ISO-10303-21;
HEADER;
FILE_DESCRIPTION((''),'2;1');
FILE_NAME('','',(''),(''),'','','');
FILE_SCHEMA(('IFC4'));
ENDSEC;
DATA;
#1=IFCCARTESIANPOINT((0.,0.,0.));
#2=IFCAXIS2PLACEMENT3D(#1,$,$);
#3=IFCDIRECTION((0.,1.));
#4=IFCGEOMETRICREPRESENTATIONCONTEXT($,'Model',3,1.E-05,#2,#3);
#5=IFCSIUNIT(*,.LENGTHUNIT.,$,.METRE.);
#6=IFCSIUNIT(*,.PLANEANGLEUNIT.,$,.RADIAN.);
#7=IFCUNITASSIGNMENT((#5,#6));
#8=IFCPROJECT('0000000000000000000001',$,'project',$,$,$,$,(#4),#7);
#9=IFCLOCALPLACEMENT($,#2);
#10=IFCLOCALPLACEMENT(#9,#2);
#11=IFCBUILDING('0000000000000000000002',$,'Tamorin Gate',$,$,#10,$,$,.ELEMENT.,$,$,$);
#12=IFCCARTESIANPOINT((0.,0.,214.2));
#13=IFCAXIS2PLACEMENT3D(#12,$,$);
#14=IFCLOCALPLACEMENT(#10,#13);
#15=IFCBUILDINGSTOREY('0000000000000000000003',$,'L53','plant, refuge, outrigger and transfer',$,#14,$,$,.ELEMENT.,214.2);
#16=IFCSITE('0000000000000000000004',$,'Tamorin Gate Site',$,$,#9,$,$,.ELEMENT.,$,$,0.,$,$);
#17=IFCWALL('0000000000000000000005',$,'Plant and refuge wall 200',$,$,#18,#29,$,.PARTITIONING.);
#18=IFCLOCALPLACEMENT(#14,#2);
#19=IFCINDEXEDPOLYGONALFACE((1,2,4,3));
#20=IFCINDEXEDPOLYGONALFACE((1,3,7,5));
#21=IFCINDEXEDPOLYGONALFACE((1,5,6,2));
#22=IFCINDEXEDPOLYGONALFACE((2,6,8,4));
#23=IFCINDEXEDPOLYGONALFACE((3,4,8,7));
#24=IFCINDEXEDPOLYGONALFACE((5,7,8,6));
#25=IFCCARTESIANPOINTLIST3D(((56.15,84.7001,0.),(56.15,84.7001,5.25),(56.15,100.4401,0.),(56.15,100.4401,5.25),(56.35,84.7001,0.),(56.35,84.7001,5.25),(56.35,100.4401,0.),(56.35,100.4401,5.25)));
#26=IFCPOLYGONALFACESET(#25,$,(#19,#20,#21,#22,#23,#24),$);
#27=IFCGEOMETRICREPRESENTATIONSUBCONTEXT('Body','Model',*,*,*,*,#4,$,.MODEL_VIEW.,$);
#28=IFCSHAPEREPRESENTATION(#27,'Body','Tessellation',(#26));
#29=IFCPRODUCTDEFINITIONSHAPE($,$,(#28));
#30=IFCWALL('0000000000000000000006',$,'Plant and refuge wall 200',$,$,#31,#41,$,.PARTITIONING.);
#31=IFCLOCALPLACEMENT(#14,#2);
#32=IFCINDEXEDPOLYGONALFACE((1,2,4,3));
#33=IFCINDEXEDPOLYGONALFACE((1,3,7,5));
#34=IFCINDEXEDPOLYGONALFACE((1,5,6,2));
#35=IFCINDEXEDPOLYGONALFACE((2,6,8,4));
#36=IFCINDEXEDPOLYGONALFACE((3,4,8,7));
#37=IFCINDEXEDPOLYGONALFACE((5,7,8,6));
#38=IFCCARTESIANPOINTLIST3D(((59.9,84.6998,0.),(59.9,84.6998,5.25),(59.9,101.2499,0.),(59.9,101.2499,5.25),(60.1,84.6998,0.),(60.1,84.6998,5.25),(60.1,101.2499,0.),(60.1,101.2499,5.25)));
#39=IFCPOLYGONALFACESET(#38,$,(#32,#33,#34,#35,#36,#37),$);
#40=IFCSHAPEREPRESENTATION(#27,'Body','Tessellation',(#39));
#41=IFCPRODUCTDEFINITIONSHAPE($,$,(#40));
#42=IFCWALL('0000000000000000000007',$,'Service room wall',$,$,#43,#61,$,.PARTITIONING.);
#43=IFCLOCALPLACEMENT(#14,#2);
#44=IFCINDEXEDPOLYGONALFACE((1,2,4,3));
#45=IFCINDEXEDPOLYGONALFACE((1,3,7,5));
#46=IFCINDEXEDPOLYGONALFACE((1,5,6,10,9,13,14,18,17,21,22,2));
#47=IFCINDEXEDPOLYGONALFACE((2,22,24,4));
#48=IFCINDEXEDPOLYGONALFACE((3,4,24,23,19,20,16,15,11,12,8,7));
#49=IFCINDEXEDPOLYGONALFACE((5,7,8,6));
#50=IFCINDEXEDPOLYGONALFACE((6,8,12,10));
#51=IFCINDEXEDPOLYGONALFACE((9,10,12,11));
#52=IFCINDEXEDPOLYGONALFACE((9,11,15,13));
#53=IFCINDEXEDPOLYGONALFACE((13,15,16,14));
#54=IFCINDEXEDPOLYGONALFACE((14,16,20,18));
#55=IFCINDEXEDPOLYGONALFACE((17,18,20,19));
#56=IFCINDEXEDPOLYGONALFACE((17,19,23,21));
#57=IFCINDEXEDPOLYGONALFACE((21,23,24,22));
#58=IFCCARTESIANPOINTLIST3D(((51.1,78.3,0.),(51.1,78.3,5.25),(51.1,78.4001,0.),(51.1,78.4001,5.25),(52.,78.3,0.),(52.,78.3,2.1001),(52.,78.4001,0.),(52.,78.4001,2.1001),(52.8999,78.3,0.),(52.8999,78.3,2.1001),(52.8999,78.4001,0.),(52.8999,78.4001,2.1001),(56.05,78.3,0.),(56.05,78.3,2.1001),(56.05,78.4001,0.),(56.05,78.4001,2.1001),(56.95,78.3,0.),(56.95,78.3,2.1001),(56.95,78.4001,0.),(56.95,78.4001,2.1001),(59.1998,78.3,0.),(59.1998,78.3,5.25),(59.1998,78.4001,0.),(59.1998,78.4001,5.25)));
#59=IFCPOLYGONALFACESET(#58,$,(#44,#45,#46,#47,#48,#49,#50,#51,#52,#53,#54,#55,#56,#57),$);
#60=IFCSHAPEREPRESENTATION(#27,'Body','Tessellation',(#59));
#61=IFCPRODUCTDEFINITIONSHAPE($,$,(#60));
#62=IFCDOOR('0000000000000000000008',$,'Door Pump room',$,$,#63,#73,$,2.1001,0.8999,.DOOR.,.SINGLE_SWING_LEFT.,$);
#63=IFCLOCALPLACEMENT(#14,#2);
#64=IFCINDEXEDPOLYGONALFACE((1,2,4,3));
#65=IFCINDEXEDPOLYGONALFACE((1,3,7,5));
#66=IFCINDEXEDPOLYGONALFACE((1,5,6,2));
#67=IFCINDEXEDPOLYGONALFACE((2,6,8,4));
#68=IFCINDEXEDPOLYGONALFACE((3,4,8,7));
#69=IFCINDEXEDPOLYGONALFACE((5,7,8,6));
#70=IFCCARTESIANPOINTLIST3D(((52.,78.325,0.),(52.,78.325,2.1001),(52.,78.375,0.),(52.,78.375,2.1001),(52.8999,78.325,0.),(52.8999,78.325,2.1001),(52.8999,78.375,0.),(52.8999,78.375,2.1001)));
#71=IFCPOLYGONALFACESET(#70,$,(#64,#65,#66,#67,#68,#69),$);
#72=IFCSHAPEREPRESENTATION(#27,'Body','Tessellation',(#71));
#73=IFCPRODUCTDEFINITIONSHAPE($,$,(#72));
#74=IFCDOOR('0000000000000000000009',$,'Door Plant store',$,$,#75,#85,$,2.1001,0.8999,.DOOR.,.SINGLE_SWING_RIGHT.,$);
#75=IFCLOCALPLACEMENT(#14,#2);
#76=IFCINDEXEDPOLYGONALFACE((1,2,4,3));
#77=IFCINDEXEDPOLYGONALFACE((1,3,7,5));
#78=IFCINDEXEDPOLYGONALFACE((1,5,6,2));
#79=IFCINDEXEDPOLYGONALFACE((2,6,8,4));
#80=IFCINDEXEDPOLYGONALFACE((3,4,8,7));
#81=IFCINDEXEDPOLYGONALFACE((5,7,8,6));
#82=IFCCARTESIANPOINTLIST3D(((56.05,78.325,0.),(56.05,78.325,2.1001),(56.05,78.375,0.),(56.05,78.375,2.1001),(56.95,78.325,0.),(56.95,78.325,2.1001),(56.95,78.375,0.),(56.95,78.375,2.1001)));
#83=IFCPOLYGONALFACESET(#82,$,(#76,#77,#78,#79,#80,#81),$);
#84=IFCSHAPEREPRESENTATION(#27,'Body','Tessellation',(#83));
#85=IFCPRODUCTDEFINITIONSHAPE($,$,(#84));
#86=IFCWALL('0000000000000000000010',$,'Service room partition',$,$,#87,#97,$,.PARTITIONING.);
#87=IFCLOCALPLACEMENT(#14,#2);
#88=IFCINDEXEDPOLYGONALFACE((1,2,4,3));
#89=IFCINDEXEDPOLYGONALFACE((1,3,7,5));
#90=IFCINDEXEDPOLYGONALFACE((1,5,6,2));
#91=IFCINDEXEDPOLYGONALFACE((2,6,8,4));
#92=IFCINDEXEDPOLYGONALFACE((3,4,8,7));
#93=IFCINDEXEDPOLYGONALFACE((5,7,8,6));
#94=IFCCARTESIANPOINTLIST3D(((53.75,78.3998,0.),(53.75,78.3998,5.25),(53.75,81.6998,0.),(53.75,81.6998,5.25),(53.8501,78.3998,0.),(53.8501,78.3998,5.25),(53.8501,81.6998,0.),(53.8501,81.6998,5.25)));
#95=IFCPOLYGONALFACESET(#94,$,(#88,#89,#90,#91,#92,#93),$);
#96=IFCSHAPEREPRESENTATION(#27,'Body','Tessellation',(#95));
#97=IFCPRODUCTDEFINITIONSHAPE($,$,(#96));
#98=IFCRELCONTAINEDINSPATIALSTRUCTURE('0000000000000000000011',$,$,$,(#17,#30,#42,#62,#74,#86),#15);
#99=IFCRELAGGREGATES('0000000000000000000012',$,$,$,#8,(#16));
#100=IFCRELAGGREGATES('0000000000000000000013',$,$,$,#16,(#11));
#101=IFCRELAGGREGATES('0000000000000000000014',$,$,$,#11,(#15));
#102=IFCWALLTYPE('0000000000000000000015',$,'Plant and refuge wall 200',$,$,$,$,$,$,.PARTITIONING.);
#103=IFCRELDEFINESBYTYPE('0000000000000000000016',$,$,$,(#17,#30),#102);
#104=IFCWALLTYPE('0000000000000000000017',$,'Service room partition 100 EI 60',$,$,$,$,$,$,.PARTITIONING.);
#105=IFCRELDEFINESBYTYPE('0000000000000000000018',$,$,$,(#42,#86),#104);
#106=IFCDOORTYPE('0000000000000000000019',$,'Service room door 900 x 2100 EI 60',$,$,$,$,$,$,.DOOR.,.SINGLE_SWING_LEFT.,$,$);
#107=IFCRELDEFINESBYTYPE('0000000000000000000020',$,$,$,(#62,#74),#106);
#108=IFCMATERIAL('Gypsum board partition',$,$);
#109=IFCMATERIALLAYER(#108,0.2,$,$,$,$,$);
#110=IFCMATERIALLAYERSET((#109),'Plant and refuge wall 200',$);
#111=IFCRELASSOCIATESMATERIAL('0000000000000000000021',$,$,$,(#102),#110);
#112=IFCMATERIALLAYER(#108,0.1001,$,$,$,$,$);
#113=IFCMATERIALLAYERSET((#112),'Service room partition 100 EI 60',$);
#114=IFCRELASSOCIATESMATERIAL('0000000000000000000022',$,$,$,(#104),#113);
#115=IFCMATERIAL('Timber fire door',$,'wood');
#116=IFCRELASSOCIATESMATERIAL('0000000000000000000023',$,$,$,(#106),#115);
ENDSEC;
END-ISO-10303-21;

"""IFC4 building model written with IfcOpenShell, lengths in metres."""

from ifc_helpers import new_model, si_unit, direction, frame, frame_2d, origin, place, context, subcontext, project, spatial, rectangle, extrude, material, layer, layer_set, type_object, element, fill, save


model = new_model("IFC4")

# Units and contexts
model_context = context("Model", 3, precision=1e-05, world=origin(), true_north=direction((0.0, 1.0)))
body_context = subcontext(model_context, "Body", "Model", "MODEL_VIEW")
ifc_project = project(units=[si_unit("LENGTHUNIT", "METRE"), si_unit("PLANEANGLEUNIT", "RADIAN")], contexts=[model_context])

# Site, building, storey
site_placement = place(None, origin())
site = spatial("IfcSite", under=ifc_project, at=site_placement, Name="Tamorin Gate Site", CompositionType="ELEMENT", RefElevation=0.0)
building_placement = place(site_placement, origin())
building = spatial("IfcBuilding", under=site, at=building_placement, Name="Tamorin Gate", CompositionType="ELEMENT")
storey_placement = place(building_placement, frame((0.0, 0.0, 214.2)))
storey = spatial("IfcBuildingStorey", under=building, at=storey_placement, Name="L53", Description="plant, refuge, outrigger and transfer", CompositionType="ELEMENT", Elevation=214.2)

# Walls
ifc_material_1 = material(Name="Gypsum board partition")
ifc_layer_1 = layer(ifc_material_1, 0.2)
ifc_layer_set_1 = layer_set([ifc_layer_1], Name="Plant and refuge wall 200")
wall_type_1 = type_object("IfcWallType", Name="Plant and refuge wall 200", PredefinedType="PARTITIONING", material=ifc_layer_set_1)
wall_1_placement = place(storey_placement, frame((56.25, 84.7, 0.0), z_axis=(0.0, 0.0, 1.0), x_axis=(0.0, 1.0, 0.0)))
element("IfcWall", 1, at=wall_1_placement, inside=storey, type_object=wall_type_1, Name="Plant and refuge wall 200", PredefinedType="PARTITIONING", context=body_context, shape_type="SweptSolid", body=[
    extrude(rectangle(XDim=15.74, YDim=0.2, at=frame_2d((7.8701, 0.0))), origin(), (0.0, 0.0, 1.0), 5.25),
])
wall_2_placement = place(storey_placement, frame((60.0, 84.7, 0.0), z_axis=(0.0, 0.0, 1.0), x_axis=(0.0, 1.0, 0.0)))
element("IfcWall", 2, at=wall_2_placement, inside=storey, type_object=wall_type_1, Name="Plant and refuge wall 200", PredefinedType="PARTITIONING", context=body_context, shape_type="SweptSolid", body=[
    extrude(rectangle(XDim=16.55, YDim=0.2, at=frame_2d((8.2749, 0.0))), origin(), (0.0, 0.0, 1.0), 5.25),
])

# Wall, openings, doors
ifc_layer_2 = layer(ifc_material_1, 0.1001)
ifc_layer_set_2 = layer_set([ifc_layer_2], Name="Service room partition 100 EI 60")
wall_type_2 = type_object("IfcWallType", Name="Service room partition 100 EI 60", PredefinedType="PARTITIONING", material=ifc_layer_set_2)
wall_3_placement = place(storey_placement, frame((51.1001, 78.3501, 0.0), z_axis=(0.0, 0.0, 1.0), x_axis=(1.0, 0.0, 0.0)))
wall_3 = element("IfcWall", 3, at=wall_3_placement, inside=storey, type_object=wall_type_2, Name="Service room wall", PredefinedType="PARTITIONING", context=body_context, shape_type="SweptSolid", body=[
    extrude(rectangle(XDim=8.0999, YDim=0.1001, at=frame_2d((4.0498, 0.0))), origin(), (0.0, 0.0, 1.0), 5.25),
])
opening_1_placement = place(wall_3_placement, frame((0.8999, 0.0, 0.0)))
opening_1 = element("IfcOpeningElement", 4, at=opening_1_placement, cuts=wall_3, PredefinedType="OPENING", context=body_context, shape_type="SweptSolid", body=[
    extrude(rectangle(XDim=0.8999, YDim=2.1001, at=frame_2d((0.45, 1.05))), frame((0.0, 0.0601, 0.0), z_axis=(0.0, -1.0, 0.0), x_axis=(1.0, 0.0, 0.0)), (0.0, 0.0, 1.0), 0.1201),
])
opening_2_placement = place(wall_3_placement, frame((4.95, 0.0, 0.0)))
opening_2 = element("IfcOpeningElement", 5, at=opening_2_placement, cuts=wall_3, PredefinedType="OPENING", context=body_context, shape_type="SweptSolid", body=[
    extrude(rectangle(XDim=0.8999, YDim=2.1001, at=frame_2d((0.45, 1.05))), frame((0.0, 0.0601, 0.0), z_axis=(0.0, -1.0, 0.0), x_axis=(1.0, 0.0, 0.0)), (0.0, 0.0, 1.0), 0.1201),
])
ifc_material_2 = material(Name="Timber fire door", Category="wood")
door_type = type_object("IfcDoorType", Name="Service room door 900 x 2100 EI 60", OperationType="SINGLE_SWING_LEFT", PredefinedType="DOOR", material=ifc_material_2)
door_1_placement = place(opening_1_placement, origin())
door_1 = element("IfcDoor", 6, at=door_1_placement, inside=storey, type_object=door_type, Name="Door Pump room", OperationType="SINGLE_SWING_LEFT", OverallHeight=2.1001, OverallWidth=0.8999, PredefinedType="DOOR", context=body_context, shape_type="SweptSolid", body=[
    extrude(rectangle(XDim=0.8999, YDim=2.1001, at=frame_2d((0.45, 1.05))), frame((0.0, 0.0249, 0.0), z_axis=(0.0, -1.0, 0.0), x_axis=(1.0, 0.0, 0.0)), (0.0, 0.0, 1.0), 0.05),
])
fill(opening_1, door_1)
door_2_placement = place(opening_2_placement, origin())
door_2 = element("IfcDoor", 7, at=door_2_placement, inside=storey, type_object=door_type, Name="Door Plant store", OperationType="SINGLE_SWING_RIGHT", OverallHeight=2.1001, OverallWidth=0.8999, PredefinedType="DOOR", context=body_context, shape_type="SweptSolid", body=[
    extrude(rectangle(XDim=0.8999, YDim=2.1001, at=frame_2d((0.45, 1.05))), frame((0.0, 0.0249, 0.0), z_axis=(0.0, -1.0, 0.0), x_axis=(1.0, 0.0, 0.0)), (0.0, 0.0, 1.0), 0.05),
])
fill(opening_2, door_2)

# Wall
wall_4_placement = place(storey_placement, frame((53.8, 78.3999, 0.0), z_axis=(0.0, 0.0, 1.0), x_axis=(0.0, 1.0, 0.0)))
element("IfcWall", 8, at=wall_4_placement, inside=storey, type_object=wall_type_2, Name="Service room partition", PredefinedType="PARTITIONING", context=body_context, shape_type="SweptSolid", body=[
    extrude(rectangle(XDim=3.3, YDim=0.1001, at=frame_2d((1.6499, 0.0))), origin(), (0.0, 0.0, 1.0), 5.25),
])

save(model, "model.ifc")
